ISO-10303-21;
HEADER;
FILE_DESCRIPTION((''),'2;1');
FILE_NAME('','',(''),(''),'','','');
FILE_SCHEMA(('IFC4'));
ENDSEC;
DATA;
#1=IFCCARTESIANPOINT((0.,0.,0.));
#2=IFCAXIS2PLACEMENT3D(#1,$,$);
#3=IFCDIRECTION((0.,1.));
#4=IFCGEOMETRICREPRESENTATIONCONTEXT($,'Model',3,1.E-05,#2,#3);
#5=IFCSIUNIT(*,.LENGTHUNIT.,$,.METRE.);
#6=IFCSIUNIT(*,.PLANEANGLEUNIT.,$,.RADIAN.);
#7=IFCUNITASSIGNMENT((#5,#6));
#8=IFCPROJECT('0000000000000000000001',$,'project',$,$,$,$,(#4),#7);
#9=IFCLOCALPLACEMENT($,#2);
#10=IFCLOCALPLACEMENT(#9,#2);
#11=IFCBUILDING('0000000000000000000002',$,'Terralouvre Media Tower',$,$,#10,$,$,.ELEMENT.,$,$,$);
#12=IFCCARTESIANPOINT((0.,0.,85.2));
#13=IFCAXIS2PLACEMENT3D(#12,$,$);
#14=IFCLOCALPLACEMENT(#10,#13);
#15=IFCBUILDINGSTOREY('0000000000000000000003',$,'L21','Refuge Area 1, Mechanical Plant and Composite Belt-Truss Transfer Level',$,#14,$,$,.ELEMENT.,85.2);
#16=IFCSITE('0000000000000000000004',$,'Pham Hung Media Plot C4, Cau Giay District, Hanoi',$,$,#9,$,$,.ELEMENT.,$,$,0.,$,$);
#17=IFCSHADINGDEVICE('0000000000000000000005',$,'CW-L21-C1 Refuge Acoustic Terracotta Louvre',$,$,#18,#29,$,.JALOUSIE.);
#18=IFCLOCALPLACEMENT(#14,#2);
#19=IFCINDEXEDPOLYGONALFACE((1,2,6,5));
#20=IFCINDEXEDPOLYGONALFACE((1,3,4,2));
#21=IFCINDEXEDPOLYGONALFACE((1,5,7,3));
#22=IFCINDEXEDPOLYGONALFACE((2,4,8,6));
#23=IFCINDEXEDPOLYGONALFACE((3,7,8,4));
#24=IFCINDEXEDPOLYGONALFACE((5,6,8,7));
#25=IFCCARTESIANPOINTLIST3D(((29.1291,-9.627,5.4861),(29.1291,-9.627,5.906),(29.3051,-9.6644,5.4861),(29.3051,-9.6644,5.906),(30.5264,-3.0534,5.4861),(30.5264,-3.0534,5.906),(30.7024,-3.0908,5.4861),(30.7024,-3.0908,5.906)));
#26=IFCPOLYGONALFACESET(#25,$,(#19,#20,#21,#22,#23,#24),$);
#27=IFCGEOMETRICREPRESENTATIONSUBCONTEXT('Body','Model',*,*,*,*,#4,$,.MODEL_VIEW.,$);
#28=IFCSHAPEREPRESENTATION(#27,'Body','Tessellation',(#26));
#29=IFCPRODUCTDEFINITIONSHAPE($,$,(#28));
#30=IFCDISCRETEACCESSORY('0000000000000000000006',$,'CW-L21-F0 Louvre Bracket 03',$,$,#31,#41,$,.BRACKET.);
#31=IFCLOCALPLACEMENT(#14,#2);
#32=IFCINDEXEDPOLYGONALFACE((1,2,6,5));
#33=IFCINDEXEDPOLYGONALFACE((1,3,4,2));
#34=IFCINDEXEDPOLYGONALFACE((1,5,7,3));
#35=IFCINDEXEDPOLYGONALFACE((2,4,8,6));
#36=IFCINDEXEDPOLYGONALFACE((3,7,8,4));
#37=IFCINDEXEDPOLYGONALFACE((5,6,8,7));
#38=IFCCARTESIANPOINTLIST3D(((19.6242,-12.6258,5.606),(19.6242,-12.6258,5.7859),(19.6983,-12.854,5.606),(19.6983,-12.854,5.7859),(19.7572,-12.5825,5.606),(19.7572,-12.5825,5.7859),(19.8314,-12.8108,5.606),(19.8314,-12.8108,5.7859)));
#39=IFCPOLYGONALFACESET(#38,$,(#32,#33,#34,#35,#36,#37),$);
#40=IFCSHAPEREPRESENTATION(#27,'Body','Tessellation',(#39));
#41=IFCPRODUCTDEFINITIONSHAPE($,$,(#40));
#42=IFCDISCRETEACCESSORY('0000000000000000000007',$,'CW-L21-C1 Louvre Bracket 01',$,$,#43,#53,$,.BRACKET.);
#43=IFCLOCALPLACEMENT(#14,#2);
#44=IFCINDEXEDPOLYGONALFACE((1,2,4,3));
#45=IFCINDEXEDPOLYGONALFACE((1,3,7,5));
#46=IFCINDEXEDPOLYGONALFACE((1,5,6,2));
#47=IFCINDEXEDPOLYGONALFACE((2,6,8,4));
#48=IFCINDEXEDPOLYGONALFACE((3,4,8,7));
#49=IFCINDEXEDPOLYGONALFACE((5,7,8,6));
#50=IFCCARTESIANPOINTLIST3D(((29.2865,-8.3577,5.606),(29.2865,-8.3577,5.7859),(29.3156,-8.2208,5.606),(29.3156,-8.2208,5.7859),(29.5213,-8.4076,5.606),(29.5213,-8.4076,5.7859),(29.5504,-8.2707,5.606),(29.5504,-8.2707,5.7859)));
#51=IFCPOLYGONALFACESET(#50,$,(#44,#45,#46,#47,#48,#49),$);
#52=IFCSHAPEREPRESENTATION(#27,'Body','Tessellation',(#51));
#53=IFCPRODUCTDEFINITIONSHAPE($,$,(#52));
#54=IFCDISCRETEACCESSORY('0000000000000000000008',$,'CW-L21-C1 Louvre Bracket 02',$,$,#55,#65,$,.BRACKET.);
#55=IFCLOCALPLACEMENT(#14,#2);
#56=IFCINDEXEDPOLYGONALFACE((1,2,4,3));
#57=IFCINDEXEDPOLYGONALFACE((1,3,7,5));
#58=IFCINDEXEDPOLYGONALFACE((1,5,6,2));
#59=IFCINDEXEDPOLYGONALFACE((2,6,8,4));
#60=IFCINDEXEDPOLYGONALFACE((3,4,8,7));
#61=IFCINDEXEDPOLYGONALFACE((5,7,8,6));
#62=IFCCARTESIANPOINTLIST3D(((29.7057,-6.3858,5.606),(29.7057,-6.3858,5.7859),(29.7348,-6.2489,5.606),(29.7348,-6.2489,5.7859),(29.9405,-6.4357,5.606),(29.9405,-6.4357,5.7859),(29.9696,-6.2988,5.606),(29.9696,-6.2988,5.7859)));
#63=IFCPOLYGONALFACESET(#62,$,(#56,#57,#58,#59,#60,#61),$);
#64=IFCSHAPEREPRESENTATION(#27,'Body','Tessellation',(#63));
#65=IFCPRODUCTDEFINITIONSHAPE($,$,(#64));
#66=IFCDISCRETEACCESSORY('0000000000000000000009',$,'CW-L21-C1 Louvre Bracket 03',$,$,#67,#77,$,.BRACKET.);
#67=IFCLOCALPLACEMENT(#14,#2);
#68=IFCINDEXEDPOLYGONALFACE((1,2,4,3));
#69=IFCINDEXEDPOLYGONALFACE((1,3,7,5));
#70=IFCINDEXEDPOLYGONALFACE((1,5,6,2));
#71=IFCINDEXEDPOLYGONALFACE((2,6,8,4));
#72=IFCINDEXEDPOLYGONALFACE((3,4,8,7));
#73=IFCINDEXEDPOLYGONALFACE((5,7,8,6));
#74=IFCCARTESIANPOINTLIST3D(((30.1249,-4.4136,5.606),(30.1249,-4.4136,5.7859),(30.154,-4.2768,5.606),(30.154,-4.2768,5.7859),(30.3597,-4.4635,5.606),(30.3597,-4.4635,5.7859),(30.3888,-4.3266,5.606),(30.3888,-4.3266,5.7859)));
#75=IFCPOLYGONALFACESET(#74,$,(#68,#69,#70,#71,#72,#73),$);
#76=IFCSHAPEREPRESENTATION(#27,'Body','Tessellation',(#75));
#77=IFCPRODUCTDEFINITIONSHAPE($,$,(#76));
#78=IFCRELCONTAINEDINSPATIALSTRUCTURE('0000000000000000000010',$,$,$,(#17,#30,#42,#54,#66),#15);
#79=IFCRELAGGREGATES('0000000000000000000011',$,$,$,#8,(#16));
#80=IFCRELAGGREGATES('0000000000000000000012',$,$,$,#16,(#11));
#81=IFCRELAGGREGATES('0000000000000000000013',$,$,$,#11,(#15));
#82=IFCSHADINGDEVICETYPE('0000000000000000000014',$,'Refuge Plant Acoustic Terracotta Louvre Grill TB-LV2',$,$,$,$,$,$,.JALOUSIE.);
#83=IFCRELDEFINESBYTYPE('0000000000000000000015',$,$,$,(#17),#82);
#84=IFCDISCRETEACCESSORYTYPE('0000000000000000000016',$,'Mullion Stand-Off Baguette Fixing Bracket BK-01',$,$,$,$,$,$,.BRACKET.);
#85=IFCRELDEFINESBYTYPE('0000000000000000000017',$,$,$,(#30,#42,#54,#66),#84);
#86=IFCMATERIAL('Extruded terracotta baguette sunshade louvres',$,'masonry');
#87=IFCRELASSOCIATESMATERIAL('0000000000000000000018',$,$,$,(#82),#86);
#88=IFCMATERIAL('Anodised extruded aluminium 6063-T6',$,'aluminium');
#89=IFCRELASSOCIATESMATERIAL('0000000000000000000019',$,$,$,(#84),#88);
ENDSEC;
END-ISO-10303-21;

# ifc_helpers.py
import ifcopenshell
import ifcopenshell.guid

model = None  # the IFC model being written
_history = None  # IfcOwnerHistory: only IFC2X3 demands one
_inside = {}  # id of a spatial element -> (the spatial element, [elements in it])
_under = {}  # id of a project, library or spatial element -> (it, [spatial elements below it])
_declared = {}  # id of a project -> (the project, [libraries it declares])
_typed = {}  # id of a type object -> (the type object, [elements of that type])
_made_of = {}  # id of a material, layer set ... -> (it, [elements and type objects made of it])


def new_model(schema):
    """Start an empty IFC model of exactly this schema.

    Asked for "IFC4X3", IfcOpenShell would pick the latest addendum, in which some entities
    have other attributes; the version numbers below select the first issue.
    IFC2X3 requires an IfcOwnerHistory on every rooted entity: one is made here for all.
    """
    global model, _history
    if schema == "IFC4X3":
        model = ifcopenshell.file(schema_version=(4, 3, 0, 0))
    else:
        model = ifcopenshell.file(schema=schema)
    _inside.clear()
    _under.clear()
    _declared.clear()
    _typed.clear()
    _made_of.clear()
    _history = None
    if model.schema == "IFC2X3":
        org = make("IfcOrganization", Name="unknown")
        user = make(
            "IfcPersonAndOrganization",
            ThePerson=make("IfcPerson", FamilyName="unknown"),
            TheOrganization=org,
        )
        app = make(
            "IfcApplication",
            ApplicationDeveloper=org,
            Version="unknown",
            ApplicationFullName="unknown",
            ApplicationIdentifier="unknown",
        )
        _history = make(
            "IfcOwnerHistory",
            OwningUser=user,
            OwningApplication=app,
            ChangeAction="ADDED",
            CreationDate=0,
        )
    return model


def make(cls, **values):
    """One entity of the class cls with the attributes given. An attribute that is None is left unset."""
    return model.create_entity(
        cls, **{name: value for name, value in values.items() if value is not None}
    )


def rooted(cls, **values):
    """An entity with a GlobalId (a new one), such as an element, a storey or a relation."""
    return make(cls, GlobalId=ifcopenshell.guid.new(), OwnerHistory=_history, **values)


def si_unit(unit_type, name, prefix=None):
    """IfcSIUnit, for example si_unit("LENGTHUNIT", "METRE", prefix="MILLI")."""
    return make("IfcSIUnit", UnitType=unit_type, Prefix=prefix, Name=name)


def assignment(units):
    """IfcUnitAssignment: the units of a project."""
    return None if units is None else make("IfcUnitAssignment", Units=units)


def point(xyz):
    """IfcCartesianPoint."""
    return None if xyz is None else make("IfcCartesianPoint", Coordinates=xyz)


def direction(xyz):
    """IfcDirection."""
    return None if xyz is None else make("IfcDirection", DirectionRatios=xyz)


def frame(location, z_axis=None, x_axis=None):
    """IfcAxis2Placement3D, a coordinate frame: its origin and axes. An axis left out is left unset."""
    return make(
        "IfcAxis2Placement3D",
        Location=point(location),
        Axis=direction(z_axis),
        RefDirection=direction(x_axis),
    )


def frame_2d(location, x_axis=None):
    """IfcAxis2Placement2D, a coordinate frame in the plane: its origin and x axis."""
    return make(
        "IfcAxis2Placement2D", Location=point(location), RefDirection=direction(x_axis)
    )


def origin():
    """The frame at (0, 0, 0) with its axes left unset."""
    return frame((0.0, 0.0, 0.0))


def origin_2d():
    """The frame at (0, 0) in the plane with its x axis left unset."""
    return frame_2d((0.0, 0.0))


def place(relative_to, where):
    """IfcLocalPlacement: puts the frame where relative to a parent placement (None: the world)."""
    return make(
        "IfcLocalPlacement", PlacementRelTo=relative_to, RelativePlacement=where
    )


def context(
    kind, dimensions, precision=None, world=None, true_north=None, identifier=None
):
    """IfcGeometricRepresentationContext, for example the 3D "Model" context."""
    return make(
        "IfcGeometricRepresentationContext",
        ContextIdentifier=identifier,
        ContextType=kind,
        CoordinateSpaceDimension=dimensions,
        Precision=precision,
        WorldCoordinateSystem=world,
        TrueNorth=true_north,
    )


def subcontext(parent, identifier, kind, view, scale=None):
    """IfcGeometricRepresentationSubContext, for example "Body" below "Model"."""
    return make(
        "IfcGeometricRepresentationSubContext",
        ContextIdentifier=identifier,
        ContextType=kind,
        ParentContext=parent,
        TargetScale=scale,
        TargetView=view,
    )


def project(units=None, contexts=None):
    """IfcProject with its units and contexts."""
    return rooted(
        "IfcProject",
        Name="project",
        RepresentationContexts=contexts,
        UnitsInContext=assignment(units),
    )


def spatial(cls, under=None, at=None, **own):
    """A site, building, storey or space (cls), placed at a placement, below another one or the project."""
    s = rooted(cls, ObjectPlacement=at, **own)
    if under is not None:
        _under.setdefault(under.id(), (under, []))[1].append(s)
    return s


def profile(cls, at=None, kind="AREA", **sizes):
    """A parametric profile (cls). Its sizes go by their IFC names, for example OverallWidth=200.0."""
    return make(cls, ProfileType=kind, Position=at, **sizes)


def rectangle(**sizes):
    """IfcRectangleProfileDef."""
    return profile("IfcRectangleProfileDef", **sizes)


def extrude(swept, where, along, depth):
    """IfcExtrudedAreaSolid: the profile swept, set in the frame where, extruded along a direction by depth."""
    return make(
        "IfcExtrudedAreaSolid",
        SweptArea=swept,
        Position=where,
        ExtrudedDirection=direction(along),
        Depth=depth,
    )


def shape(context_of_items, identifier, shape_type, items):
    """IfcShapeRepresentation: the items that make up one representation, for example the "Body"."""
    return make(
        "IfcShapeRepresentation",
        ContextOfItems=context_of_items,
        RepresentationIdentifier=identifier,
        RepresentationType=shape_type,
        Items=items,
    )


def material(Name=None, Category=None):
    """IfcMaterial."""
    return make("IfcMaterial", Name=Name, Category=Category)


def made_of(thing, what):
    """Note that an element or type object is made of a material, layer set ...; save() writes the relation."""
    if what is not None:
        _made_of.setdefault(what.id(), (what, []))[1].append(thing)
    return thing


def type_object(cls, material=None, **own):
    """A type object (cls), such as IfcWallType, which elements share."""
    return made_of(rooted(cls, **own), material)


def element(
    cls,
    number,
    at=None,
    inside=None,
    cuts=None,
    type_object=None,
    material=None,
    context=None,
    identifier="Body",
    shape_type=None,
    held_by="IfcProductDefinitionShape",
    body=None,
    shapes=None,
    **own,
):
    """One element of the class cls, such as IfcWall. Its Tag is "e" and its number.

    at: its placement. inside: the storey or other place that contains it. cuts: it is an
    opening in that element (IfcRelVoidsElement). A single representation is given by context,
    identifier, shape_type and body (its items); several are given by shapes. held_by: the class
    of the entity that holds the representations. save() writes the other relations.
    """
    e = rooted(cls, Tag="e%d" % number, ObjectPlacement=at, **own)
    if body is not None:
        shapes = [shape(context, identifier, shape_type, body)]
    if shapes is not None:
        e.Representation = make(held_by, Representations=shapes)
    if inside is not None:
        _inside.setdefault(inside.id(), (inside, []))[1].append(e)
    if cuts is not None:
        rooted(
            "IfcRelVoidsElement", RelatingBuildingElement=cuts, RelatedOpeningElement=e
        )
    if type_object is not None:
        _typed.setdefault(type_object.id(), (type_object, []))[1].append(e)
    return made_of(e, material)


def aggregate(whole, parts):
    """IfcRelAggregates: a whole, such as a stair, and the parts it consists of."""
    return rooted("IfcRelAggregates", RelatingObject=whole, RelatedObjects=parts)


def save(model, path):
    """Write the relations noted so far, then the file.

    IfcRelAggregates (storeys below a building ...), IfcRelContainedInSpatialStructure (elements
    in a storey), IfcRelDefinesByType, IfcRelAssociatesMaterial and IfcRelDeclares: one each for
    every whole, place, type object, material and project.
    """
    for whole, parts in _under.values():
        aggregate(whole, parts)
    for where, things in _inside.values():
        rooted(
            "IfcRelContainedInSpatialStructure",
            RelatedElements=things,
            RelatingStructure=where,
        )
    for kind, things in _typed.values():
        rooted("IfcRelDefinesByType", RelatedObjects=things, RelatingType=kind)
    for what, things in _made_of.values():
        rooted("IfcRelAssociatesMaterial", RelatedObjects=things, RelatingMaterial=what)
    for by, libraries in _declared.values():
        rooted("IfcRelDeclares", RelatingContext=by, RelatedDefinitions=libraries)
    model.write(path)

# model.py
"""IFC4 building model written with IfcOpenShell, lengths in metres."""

from ifc_helpers import new_model, si_unit, direction, frame, origin, origin_2d, place, context, subcontext, project, spatial, rectangle, extrude, material, type_object, element, save


model = new_model("IFC4")

# Units and contexts
model_context = context("Model", 3, precision=1e-05, world=origin(), true_north=direction((0.0, 1.0)))
body_context = subcontext(model_context, "Body", "Model", "MODEL_VIEW")
ifc_project = project(units=[si_unit("LENGTHUNIT", "METRE"), si_unit("PLANEANGLEUNIT", "RADIAN")], contexts=[model_context])

# Site, building, storey
site_placement = place(None, origin())
site = spatial("IfcSite", under=ifc_project, at=site_placement, Name="Pham Hung Media Plot C4, Cau Giay District, Hanoi", CompositionType="ELEMENT", RefElevation=0.0)
building_placement = place(site_placement, origin())
building = spatial("IfcBuilding", under=site, at=building_placement, Name="Terralouvre Media Tower", CompositionType="ELEMENT")
storey_placement = place(building_placement, frame((0.0, 0.0, 85.2)))
storey = spatial("IfcBuildingStorey", under=building, at=storey_placement, Name="L21", Description="Refuge Area 1, Mechanical Plant and Composite Belt-Truss Transfer Level", CompositionType="ELEMENT", Elevation=85.2)

# Shading device
ifc_material_1 = material(Name="Extruded terracotta baguette sunshade louvres", Category="masonry")
shading_device_type = type_object("IfcShadingDeviceType", Name="Refuge Plant Acoustic Terracotta Louvre Grill TB-LV2", PredefinedType="JALOUSIE", material=ifc_material_1)
shading_device_placement = place(storey_placement, frame((29.9158, -6.3589, 5.4861), z_axis=(0.0, 0.0, 1.0), x_axis=(0.207912, 0.978148, 0.0)))
element("IfcShadingDevice", 1, at=shading_device_placement, inside=storey, type_object=shading_device_type, Name="CW-L21-C1 Refuge Acoustic Terracotta Louvre", PredefinedType="JALOUSIE", context=body_context, shape_type="SweptSolid", body=[
    extrude(rectangle(XDim=6.7205, YDim=0.1799, at=origin_2d()), origin(), (0.0, 0.0, 1.0), 0.4199),
])

# Discrete accessories
ifc_material_2 = material(Name="Anodised extruded aluminium 6063-T6", Category="aluminium")
discrete_accessory_type = type_object("IfcDiscreteAccessoryType", Name="Mullion Stand-Off Baguette Fixing Bracket BK-01", PredefinedType="BRACKET", material=ifc_material_2)
for number, where, z_axis, x_axis, name in (
    (2, (19.7278, -12.7183, 5.606), (0.0, 0.0, 1.0), (0.951057, 0.309017, 0.0), "CW-L21-F0 Louvre Bracket 03"),
    (3, (29.4185, -8.3142, 5.606), (0.0, 0.0, 1.0), (0.207912, 0.978148, 0.0), "CW-L21-C1 Louvre Bracket 01"),
    (4, (29.8376, -6.3423, 5.606), (0.0, 0.0, 1.0), (0.207912, 0.978148, 0.0), "CW-L21-C1 Louvre Bracket 02"),
    (5, (30.2568, -4.3701, 5.606), (0.0, 0.0, 1.0), (0.207912, 0.978148, 0.0), "CW-L21-C1 Louvre Bracket 03"),
):
    element("IfcDiscreteAccessory", number, at=place(storey_placement, frame(where, z_axis=z_axis, x_axis=x_axis)), inside=storey, type_object=discrete_accessory_type, Name=name, PredefinedType="BRACKET", context=body_context, shape_type="SweptSolid", body=[
        extrude(rectangle(XDim=0.1399, YDim=0.24, at=origin_2d()), origin(), (0.0, 0.0, 1.0), 0.1799),
    ])

save(model, "model.ifc")
